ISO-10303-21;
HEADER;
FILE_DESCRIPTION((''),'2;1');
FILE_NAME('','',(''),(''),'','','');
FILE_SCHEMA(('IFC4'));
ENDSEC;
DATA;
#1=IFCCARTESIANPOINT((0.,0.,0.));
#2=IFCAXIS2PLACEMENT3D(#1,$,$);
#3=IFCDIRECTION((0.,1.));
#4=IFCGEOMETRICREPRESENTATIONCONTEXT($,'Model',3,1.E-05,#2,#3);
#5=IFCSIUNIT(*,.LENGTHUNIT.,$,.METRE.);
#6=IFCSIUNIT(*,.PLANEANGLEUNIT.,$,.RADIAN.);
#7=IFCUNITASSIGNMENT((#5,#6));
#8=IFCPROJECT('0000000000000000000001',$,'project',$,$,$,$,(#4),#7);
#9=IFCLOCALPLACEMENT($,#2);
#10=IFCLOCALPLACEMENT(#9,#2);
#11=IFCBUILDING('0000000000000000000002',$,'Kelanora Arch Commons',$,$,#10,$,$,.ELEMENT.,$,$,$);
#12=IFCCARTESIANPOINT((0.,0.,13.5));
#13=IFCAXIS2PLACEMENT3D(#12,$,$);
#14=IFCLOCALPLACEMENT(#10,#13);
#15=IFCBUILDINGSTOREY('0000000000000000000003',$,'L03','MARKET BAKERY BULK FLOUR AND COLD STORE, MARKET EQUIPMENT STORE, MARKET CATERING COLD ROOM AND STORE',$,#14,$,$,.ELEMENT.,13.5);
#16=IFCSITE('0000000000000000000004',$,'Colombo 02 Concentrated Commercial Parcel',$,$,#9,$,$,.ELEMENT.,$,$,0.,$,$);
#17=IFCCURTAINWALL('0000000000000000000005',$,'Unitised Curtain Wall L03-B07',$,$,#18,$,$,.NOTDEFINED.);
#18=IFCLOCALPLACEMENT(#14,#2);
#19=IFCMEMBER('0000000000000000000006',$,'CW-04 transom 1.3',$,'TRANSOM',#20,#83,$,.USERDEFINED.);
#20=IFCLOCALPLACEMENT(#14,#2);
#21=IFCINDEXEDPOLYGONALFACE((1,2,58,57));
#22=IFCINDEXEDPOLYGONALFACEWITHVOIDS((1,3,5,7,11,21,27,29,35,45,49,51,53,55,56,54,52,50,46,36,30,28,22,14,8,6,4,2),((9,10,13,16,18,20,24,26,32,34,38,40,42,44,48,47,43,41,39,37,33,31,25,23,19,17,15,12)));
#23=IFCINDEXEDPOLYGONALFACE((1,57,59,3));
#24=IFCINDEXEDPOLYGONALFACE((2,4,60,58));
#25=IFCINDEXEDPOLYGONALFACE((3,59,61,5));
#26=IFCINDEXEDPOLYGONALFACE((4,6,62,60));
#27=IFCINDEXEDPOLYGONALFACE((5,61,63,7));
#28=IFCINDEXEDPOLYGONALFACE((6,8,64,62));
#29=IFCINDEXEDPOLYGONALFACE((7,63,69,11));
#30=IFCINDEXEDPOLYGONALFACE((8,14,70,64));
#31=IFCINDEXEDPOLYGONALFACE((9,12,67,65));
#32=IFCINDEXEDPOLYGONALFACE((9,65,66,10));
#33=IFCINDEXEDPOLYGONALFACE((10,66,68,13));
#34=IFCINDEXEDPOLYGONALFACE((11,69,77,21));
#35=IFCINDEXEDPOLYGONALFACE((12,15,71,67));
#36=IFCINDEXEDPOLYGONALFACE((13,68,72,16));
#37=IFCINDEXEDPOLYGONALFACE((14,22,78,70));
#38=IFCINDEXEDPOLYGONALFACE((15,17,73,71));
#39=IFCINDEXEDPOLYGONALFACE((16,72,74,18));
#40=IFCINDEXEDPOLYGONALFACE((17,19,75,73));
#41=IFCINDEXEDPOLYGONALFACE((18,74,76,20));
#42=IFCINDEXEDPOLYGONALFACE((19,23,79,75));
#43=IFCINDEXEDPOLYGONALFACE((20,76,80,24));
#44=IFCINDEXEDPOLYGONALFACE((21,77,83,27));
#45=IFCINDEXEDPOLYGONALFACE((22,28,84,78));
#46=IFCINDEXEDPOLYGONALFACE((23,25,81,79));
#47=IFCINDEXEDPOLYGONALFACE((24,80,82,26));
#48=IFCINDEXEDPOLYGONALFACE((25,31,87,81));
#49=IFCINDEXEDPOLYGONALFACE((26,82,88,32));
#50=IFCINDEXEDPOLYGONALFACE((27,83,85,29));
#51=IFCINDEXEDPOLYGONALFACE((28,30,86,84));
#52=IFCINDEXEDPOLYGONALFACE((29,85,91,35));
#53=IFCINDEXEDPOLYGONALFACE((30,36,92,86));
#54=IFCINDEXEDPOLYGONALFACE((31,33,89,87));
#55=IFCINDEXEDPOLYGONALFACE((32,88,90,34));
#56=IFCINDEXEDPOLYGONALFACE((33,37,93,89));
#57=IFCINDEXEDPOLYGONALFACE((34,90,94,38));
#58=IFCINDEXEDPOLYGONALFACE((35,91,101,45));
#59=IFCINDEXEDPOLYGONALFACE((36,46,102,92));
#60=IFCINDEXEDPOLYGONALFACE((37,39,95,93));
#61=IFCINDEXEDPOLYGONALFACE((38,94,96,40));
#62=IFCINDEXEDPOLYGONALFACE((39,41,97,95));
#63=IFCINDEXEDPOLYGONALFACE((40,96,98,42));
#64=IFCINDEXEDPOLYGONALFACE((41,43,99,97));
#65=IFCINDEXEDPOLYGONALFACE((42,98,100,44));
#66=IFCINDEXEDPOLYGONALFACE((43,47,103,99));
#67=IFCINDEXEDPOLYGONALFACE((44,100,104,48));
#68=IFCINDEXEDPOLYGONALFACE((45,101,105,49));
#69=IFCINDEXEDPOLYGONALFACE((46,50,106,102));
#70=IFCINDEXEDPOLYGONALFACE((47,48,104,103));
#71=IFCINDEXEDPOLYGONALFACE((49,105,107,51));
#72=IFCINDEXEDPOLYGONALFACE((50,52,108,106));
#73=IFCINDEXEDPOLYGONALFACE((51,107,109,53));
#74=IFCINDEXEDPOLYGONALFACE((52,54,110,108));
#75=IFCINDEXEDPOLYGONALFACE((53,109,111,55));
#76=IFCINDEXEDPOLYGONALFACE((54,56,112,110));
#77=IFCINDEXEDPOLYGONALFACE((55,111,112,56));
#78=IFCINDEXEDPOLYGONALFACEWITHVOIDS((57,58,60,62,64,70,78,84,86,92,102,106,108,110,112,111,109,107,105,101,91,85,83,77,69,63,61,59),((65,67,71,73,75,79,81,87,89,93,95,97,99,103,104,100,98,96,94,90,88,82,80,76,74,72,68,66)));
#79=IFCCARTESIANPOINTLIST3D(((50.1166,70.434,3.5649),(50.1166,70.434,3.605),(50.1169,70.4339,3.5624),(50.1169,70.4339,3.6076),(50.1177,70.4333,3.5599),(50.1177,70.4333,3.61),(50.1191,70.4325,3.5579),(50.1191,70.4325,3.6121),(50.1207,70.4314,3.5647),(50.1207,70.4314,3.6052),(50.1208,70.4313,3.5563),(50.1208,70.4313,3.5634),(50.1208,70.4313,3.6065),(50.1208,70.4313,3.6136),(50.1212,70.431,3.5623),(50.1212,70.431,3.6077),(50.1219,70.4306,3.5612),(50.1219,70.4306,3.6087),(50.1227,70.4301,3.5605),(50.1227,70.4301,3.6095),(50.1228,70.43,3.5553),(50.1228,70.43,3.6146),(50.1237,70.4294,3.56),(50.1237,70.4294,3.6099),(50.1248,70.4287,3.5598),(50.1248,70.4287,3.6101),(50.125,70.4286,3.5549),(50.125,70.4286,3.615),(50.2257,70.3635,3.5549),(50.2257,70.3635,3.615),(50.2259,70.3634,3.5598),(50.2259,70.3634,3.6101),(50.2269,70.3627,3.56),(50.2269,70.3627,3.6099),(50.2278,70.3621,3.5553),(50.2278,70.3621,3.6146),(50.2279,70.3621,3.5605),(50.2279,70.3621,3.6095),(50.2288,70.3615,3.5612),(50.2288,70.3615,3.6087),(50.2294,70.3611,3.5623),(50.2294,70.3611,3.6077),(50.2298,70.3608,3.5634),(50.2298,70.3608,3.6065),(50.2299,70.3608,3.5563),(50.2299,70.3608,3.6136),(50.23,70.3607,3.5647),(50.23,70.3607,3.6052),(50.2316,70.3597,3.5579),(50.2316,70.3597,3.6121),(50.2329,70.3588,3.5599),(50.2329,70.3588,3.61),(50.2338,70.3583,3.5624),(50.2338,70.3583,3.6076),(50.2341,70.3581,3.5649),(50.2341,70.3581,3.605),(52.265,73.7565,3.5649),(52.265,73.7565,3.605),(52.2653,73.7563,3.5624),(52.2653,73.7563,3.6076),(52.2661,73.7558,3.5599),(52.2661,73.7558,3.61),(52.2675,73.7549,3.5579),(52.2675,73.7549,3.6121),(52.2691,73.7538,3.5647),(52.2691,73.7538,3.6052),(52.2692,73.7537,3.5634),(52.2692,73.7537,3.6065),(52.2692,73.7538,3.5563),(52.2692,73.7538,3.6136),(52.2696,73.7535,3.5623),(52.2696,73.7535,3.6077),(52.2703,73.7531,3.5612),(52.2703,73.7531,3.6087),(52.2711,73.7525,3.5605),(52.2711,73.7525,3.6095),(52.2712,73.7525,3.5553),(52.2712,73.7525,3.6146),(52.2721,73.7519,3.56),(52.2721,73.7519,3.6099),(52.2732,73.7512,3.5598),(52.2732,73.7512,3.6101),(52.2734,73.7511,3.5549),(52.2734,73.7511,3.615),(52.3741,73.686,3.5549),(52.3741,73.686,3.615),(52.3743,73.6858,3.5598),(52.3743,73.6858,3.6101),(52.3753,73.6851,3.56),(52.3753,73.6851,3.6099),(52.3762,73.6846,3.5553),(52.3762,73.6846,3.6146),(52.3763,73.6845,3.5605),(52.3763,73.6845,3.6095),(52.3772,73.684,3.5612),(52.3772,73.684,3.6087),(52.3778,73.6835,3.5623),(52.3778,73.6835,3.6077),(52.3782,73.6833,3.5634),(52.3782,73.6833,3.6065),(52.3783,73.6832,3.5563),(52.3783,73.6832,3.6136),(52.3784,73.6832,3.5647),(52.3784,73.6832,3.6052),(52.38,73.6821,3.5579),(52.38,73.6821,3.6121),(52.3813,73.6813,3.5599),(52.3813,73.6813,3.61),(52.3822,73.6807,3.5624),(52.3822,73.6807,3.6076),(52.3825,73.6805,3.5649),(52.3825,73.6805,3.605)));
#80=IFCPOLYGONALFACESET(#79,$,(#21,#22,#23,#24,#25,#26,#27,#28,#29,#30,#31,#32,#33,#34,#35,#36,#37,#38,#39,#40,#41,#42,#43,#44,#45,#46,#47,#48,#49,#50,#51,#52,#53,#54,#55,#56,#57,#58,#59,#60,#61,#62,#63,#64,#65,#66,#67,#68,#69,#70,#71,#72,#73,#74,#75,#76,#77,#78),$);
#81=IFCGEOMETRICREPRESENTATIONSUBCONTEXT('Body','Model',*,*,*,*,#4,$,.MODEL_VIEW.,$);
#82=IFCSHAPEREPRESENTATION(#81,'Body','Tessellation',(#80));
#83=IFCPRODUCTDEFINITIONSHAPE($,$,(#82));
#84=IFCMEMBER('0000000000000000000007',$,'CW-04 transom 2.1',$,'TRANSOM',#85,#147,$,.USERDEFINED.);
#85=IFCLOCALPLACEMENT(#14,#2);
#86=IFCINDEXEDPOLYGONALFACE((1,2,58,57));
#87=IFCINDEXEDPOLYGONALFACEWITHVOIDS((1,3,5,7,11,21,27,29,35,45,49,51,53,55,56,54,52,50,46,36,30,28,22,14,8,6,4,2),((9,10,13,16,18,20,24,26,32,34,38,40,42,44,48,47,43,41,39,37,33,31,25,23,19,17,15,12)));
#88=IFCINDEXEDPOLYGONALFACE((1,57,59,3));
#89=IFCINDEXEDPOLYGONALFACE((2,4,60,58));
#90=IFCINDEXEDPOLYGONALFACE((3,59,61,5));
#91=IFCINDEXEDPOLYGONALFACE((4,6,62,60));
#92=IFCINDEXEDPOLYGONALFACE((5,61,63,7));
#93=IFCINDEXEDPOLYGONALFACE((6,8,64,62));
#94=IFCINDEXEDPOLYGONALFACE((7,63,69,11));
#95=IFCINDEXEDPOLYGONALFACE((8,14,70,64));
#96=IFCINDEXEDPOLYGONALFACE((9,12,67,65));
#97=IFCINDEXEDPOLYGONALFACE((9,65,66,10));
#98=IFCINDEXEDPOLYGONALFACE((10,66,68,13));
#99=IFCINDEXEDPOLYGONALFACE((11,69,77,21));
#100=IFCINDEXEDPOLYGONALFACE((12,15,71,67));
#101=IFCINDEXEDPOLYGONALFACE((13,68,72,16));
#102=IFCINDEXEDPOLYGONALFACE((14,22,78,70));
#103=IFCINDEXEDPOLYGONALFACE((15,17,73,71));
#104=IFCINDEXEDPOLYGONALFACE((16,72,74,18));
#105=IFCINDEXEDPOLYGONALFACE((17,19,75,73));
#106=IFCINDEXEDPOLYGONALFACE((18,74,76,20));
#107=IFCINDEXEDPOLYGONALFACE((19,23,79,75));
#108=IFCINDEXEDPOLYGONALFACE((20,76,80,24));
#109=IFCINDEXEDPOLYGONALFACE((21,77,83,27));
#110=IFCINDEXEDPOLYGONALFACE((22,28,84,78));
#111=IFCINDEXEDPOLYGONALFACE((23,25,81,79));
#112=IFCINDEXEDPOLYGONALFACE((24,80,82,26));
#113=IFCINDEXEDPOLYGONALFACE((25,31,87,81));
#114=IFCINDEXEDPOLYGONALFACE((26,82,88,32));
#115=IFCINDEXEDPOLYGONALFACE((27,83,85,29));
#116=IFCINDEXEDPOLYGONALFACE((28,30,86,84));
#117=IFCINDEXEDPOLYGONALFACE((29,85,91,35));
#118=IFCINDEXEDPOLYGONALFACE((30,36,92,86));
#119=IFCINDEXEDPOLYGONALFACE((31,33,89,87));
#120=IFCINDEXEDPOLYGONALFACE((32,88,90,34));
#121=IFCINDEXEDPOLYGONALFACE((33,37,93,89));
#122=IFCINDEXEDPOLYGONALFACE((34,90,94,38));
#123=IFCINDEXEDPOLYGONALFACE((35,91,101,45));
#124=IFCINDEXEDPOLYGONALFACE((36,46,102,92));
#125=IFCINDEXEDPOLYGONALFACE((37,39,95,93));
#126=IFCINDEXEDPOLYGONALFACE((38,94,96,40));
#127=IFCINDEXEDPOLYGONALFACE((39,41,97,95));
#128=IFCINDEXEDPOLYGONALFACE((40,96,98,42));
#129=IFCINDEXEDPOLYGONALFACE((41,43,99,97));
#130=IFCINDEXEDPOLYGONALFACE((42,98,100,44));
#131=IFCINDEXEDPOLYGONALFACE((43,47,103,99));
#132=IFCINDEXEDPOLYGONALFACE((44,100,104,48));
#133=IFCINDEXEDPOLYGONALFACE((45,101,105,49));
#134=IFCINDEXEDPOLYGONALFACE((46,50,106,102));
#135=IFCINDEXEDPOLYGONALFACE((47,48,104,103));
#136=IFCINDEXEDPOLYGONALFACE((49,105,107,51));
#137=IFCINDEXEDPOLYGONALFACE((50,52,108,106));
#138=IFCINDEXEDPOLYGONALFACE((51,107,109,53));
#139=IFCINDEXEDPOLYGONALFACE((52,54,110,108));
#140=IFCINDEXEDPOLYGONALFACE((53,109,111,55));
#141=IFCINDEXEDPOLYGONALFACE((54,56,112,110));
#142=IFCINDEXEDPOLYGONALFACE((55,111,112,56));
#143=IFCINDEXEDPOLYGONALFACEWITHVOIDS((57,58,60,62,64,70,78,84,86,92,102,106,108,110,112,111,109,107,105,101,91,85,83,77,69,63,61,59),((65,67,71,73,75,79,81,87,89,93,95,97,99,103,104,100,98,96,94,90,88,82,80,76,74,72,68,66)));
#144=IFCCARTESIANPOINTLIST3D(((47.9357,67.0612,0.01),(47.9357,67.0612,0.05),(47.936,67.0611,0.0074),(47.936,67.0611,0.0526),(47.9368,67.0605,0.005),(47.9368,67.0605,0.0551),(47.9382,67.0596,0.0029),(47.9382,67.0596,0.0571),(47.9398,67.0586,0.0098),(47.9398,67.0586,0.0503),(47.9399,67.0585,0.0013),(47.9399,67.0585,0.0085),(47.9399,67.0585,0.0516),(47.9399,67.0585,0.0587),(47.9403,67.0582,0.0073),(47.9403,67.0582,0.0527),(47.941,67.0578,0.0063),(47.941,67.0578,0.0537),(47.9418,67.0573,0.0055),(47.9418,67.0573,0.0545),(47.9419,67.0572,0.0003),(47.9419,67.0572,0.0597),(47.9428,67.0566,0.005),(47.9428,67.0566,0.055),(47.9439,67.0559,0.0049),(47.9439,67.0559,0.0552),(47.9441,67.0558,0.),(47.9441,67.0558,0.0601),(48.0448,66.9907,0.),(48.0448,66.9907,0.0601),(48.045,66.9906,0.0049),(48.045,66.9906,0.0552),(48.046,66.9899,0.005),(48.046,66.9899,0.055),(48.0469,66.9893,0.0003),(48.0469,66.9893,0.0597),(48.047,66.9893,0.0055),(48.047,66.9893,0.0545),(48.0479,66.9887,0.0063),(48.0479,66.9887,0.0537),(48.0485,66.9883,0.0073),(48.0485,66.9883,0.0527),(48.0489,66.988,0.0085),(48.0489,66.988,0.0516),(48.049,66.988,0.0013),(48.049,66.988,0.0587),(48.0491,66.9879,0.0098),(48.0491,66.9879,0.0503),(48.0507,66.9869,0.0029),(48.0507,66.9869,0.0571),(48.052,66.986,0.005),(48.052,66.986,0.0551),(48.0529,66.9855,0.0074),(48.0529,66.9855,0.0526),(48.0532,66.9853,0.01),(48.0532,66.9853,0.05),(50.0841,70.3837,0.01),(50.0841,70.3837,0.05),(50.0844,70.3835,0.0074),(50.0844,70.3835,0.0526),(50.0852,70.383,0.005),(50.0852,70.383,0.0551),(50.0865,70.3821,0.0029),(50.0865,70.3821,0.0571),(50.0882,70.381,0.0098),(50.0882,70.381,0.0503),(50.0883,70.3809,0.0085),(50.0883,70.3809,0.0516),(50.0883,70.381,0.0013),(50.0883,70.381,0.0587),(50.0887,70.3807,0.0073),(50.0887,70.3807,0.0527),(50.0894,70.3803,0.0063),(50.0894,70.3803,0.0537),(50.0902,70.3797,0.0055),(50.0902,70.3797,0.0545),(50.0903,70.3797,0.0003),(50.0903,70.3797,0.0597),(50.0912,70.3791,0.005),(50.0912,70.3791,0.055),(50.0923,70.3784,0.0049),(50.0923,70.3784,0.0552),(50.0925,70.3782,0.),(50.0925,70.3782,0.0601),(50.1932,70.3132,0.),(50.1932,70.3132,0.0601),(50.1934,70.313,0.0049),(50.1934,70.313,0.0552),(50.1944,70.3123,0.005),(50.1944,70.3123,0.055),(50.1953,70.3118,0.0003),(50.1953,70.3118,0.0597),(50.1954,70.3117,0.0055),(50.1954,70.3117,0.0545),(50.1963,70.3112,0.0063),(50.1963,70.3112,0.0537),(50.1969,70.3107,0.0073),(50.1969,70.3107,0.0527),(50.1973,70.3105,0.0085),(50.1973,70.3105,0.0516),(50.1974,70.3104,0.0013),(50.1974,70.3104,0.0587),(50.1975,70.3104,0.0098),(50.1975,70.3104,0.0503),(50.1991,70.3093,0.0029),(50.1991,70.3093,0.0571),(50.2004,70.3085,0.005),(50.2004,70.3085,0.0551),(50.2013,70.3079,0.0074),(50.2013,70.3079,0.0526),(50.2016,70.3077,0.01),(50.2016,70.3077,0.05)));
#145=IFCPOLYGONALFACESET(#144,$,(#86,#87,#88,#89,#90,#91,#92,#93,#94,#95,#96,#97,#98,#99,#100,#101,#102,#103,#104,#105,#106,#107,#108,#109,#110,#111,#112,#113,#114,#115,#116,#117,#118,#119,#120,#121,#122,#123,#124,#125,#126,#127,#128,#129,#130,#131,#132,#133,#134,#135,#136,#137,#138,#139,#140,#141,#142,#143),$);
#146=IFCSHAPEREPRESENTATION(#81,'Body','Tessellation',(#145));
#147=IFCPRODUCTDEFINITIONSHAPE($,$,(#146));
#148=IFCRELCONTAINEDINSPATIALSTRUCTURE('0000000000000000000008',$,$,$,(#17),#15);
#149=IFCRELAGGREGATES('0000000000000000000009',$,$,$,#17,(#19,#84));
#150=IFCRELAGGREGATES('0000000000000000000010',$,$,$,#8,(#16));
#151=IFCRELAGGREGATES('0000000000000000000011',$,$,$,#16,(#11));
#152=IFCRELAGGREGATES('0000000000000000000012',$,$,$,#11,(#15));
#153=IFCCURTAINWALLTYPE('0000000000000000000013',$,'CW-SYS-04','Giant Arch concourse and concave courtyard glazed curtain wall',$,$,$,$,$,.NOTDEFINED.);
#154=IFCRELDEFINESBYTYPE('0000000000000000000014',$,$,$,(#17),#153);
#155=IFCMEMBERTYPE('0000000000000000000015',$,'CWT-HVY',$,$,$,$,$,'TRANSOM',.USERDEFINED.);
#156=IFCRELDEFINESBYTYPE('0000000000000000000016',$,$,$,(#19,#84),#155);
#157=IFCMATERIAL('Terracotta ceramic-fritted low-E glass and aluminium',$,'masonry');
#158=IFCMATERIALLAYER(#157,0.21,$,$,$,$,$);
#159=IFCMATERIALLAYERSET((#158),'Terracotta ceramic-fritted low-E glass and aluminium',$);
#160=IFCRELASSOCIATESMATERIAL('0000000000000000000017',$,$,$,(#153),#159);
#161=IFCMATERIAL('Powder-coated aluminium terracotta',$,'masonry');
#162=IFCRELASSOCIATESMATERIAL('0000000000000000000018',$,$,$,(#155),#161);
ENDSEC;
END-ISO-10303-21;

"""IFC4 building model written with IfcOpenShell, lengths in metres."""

from ifc_helpers import new_model, si_unit, direction, frame, origin, origin_2d, place, context, subcontext, project, spatial, hollow_rectangle, extrude, material, layer, layer_set, material_profile, profile_set, type_object, element, aggregate, save


model = new_model("IFC4")

# Units and contexts
model_context = context("Model", 3, precision=1e-05, world=origin(), true_north=direction((0.0, 1.0)))
body_context = subcontext(model_context, "Body", "Model", "MODEL_VIEW")
ifc_project = project(units=[si_unit("LENGTHUNIT", "METRE"), si_unit("PLANEANGLEUNIT", "RADIAN")], contexts=[model_context])

# Site, building, storey
site_placement = place(None, origin())
site = spatial("IfcSite", under=ifc_project, at=site_placement, Name="Colombo 02 Concentrated Commercial Parcel", CompositionType="ELEMENT", RefElevation=0.0)
building_placement = place(site_placement, origin())
building = spatial("IfcBuilding", under=site, at=building_placement, Name="Kelanora Arch Commons", CompositionType="ELEMENT")
storey_placement = place(building_placement, frame((0.0, 0.0, 13.5)))
storey = spatial("IfcBuildingStorey", under=building, at=storey_placement, Name="L03", Description="MARKET BAKERY BULK FLOUR AND COLD STORE, MARKET EQUIPMENT STORE, MARKET CATERING COLD ROOM AND STORE", CompositionType="ELEMENT", Elevation=13.5)

# Curtain wall, members
ifc_material_1 = material(Name="Terracotta ceramic-fritted low-E glass and aluminium", Category="masonry")
ifc_layer_1 = layer(ifc_material_1, 0.21)
ifc_layer_set_1 = layer_set([ifc_layer_1], Name="Terracotta ceramic-fritted low-E glass and aluminium")
curtain_wall_type = type_object("IfcCurtainWallType", Name="CW-SYS-04", Description="Giant Arch concourse and concave courtyard glazed curtain wall", PredefinedType="NOTDEFINED", material=ifc_layer_set_1)
curtain_wall_placement = place(storey_placement, origin())
curtain_wall = element("IfcCurtainWall", 1, at=curtain_wall_placement, inside=storey, type_object=curtain_wall_type, Name="Unitised Curtain Wall L03-B07", PredefinedType="NOTDEFINED")
ifc_material_2 = material(Name="Powder-coated aluminium terracotta", Category="masonry")
ifc_material_profile_1 = material_profile(ifc_material_2, hollow_rectangle(XDim=0.1399, YDim=0.0601, WallThickness=0.0049, InnerFilletRadius=0.0049, OuterFilletRadius=0.01, at=origin_2d()), Name="CWT140x60")
ifc_profile_set_1 = profile_set([ifc_material_profile_1], Name="Powder-coated aluminium terracotta")
member_type_1 = type_object("IfcMemberType", Name="CWT-HVY", ElementType="TRANSOM", PredefinedType="USERDEFINED", material=ifc_profile_set_1)
member_1_placement = place(storey_placement, frame((52.3237, 73.7185, 3.585), z_axis=(-0.542998, -0.839734, 0.0), x_axis=(0.839734, -0.542998, 0.0)))
member_1 = element("IfcMember", 2, at=member_1_placement, type_object=member_type_1, Name="CW-04 transom 1.3", ObjectType="TRANSOM", PredefinedType="USERDEFINED", context=body_context, shape_type="SweptSolid", body=[
    extrude(hollow_rectangle(XDim=0.1399, YDim=0.0601, WallThickness=0.0049, InnerFilletRadius=0.0049, OuterFilletRadius=0.01, at=origin_2d()), origin(), (0.0, 0.0, 1.0), 3.9565),
])
member_2_placement = place(storey_placement, frame((50.1428, 70.3457, 0.03), z_axis=(-0.542998, -0.839734, 0.0), x_axis=(0.839734, -0.542998, 0.0)))
member_2 = element("IfcMember", 3, at=member_2_placement, type_object=member_type_1, Name="CW-04 transom 2.1", ObjectType="TRANSOM", PredefinedType="USERDEFINED", context=body_context, shape_type="SweptSolid", body=[
    extrude(hollow_rectangle(XDim=0.1399, YDim=0.0601, WallThickness=0.0049, InnerFilletRadius=0.0049, OuterFilletRadius=0.01, at=origin_2d()), origin(), (0.0, 0.0, 1.0), 3.9565),
])
aggregate(curtain_wall, [member_1, member_2])

save(model, "model.ifc")
